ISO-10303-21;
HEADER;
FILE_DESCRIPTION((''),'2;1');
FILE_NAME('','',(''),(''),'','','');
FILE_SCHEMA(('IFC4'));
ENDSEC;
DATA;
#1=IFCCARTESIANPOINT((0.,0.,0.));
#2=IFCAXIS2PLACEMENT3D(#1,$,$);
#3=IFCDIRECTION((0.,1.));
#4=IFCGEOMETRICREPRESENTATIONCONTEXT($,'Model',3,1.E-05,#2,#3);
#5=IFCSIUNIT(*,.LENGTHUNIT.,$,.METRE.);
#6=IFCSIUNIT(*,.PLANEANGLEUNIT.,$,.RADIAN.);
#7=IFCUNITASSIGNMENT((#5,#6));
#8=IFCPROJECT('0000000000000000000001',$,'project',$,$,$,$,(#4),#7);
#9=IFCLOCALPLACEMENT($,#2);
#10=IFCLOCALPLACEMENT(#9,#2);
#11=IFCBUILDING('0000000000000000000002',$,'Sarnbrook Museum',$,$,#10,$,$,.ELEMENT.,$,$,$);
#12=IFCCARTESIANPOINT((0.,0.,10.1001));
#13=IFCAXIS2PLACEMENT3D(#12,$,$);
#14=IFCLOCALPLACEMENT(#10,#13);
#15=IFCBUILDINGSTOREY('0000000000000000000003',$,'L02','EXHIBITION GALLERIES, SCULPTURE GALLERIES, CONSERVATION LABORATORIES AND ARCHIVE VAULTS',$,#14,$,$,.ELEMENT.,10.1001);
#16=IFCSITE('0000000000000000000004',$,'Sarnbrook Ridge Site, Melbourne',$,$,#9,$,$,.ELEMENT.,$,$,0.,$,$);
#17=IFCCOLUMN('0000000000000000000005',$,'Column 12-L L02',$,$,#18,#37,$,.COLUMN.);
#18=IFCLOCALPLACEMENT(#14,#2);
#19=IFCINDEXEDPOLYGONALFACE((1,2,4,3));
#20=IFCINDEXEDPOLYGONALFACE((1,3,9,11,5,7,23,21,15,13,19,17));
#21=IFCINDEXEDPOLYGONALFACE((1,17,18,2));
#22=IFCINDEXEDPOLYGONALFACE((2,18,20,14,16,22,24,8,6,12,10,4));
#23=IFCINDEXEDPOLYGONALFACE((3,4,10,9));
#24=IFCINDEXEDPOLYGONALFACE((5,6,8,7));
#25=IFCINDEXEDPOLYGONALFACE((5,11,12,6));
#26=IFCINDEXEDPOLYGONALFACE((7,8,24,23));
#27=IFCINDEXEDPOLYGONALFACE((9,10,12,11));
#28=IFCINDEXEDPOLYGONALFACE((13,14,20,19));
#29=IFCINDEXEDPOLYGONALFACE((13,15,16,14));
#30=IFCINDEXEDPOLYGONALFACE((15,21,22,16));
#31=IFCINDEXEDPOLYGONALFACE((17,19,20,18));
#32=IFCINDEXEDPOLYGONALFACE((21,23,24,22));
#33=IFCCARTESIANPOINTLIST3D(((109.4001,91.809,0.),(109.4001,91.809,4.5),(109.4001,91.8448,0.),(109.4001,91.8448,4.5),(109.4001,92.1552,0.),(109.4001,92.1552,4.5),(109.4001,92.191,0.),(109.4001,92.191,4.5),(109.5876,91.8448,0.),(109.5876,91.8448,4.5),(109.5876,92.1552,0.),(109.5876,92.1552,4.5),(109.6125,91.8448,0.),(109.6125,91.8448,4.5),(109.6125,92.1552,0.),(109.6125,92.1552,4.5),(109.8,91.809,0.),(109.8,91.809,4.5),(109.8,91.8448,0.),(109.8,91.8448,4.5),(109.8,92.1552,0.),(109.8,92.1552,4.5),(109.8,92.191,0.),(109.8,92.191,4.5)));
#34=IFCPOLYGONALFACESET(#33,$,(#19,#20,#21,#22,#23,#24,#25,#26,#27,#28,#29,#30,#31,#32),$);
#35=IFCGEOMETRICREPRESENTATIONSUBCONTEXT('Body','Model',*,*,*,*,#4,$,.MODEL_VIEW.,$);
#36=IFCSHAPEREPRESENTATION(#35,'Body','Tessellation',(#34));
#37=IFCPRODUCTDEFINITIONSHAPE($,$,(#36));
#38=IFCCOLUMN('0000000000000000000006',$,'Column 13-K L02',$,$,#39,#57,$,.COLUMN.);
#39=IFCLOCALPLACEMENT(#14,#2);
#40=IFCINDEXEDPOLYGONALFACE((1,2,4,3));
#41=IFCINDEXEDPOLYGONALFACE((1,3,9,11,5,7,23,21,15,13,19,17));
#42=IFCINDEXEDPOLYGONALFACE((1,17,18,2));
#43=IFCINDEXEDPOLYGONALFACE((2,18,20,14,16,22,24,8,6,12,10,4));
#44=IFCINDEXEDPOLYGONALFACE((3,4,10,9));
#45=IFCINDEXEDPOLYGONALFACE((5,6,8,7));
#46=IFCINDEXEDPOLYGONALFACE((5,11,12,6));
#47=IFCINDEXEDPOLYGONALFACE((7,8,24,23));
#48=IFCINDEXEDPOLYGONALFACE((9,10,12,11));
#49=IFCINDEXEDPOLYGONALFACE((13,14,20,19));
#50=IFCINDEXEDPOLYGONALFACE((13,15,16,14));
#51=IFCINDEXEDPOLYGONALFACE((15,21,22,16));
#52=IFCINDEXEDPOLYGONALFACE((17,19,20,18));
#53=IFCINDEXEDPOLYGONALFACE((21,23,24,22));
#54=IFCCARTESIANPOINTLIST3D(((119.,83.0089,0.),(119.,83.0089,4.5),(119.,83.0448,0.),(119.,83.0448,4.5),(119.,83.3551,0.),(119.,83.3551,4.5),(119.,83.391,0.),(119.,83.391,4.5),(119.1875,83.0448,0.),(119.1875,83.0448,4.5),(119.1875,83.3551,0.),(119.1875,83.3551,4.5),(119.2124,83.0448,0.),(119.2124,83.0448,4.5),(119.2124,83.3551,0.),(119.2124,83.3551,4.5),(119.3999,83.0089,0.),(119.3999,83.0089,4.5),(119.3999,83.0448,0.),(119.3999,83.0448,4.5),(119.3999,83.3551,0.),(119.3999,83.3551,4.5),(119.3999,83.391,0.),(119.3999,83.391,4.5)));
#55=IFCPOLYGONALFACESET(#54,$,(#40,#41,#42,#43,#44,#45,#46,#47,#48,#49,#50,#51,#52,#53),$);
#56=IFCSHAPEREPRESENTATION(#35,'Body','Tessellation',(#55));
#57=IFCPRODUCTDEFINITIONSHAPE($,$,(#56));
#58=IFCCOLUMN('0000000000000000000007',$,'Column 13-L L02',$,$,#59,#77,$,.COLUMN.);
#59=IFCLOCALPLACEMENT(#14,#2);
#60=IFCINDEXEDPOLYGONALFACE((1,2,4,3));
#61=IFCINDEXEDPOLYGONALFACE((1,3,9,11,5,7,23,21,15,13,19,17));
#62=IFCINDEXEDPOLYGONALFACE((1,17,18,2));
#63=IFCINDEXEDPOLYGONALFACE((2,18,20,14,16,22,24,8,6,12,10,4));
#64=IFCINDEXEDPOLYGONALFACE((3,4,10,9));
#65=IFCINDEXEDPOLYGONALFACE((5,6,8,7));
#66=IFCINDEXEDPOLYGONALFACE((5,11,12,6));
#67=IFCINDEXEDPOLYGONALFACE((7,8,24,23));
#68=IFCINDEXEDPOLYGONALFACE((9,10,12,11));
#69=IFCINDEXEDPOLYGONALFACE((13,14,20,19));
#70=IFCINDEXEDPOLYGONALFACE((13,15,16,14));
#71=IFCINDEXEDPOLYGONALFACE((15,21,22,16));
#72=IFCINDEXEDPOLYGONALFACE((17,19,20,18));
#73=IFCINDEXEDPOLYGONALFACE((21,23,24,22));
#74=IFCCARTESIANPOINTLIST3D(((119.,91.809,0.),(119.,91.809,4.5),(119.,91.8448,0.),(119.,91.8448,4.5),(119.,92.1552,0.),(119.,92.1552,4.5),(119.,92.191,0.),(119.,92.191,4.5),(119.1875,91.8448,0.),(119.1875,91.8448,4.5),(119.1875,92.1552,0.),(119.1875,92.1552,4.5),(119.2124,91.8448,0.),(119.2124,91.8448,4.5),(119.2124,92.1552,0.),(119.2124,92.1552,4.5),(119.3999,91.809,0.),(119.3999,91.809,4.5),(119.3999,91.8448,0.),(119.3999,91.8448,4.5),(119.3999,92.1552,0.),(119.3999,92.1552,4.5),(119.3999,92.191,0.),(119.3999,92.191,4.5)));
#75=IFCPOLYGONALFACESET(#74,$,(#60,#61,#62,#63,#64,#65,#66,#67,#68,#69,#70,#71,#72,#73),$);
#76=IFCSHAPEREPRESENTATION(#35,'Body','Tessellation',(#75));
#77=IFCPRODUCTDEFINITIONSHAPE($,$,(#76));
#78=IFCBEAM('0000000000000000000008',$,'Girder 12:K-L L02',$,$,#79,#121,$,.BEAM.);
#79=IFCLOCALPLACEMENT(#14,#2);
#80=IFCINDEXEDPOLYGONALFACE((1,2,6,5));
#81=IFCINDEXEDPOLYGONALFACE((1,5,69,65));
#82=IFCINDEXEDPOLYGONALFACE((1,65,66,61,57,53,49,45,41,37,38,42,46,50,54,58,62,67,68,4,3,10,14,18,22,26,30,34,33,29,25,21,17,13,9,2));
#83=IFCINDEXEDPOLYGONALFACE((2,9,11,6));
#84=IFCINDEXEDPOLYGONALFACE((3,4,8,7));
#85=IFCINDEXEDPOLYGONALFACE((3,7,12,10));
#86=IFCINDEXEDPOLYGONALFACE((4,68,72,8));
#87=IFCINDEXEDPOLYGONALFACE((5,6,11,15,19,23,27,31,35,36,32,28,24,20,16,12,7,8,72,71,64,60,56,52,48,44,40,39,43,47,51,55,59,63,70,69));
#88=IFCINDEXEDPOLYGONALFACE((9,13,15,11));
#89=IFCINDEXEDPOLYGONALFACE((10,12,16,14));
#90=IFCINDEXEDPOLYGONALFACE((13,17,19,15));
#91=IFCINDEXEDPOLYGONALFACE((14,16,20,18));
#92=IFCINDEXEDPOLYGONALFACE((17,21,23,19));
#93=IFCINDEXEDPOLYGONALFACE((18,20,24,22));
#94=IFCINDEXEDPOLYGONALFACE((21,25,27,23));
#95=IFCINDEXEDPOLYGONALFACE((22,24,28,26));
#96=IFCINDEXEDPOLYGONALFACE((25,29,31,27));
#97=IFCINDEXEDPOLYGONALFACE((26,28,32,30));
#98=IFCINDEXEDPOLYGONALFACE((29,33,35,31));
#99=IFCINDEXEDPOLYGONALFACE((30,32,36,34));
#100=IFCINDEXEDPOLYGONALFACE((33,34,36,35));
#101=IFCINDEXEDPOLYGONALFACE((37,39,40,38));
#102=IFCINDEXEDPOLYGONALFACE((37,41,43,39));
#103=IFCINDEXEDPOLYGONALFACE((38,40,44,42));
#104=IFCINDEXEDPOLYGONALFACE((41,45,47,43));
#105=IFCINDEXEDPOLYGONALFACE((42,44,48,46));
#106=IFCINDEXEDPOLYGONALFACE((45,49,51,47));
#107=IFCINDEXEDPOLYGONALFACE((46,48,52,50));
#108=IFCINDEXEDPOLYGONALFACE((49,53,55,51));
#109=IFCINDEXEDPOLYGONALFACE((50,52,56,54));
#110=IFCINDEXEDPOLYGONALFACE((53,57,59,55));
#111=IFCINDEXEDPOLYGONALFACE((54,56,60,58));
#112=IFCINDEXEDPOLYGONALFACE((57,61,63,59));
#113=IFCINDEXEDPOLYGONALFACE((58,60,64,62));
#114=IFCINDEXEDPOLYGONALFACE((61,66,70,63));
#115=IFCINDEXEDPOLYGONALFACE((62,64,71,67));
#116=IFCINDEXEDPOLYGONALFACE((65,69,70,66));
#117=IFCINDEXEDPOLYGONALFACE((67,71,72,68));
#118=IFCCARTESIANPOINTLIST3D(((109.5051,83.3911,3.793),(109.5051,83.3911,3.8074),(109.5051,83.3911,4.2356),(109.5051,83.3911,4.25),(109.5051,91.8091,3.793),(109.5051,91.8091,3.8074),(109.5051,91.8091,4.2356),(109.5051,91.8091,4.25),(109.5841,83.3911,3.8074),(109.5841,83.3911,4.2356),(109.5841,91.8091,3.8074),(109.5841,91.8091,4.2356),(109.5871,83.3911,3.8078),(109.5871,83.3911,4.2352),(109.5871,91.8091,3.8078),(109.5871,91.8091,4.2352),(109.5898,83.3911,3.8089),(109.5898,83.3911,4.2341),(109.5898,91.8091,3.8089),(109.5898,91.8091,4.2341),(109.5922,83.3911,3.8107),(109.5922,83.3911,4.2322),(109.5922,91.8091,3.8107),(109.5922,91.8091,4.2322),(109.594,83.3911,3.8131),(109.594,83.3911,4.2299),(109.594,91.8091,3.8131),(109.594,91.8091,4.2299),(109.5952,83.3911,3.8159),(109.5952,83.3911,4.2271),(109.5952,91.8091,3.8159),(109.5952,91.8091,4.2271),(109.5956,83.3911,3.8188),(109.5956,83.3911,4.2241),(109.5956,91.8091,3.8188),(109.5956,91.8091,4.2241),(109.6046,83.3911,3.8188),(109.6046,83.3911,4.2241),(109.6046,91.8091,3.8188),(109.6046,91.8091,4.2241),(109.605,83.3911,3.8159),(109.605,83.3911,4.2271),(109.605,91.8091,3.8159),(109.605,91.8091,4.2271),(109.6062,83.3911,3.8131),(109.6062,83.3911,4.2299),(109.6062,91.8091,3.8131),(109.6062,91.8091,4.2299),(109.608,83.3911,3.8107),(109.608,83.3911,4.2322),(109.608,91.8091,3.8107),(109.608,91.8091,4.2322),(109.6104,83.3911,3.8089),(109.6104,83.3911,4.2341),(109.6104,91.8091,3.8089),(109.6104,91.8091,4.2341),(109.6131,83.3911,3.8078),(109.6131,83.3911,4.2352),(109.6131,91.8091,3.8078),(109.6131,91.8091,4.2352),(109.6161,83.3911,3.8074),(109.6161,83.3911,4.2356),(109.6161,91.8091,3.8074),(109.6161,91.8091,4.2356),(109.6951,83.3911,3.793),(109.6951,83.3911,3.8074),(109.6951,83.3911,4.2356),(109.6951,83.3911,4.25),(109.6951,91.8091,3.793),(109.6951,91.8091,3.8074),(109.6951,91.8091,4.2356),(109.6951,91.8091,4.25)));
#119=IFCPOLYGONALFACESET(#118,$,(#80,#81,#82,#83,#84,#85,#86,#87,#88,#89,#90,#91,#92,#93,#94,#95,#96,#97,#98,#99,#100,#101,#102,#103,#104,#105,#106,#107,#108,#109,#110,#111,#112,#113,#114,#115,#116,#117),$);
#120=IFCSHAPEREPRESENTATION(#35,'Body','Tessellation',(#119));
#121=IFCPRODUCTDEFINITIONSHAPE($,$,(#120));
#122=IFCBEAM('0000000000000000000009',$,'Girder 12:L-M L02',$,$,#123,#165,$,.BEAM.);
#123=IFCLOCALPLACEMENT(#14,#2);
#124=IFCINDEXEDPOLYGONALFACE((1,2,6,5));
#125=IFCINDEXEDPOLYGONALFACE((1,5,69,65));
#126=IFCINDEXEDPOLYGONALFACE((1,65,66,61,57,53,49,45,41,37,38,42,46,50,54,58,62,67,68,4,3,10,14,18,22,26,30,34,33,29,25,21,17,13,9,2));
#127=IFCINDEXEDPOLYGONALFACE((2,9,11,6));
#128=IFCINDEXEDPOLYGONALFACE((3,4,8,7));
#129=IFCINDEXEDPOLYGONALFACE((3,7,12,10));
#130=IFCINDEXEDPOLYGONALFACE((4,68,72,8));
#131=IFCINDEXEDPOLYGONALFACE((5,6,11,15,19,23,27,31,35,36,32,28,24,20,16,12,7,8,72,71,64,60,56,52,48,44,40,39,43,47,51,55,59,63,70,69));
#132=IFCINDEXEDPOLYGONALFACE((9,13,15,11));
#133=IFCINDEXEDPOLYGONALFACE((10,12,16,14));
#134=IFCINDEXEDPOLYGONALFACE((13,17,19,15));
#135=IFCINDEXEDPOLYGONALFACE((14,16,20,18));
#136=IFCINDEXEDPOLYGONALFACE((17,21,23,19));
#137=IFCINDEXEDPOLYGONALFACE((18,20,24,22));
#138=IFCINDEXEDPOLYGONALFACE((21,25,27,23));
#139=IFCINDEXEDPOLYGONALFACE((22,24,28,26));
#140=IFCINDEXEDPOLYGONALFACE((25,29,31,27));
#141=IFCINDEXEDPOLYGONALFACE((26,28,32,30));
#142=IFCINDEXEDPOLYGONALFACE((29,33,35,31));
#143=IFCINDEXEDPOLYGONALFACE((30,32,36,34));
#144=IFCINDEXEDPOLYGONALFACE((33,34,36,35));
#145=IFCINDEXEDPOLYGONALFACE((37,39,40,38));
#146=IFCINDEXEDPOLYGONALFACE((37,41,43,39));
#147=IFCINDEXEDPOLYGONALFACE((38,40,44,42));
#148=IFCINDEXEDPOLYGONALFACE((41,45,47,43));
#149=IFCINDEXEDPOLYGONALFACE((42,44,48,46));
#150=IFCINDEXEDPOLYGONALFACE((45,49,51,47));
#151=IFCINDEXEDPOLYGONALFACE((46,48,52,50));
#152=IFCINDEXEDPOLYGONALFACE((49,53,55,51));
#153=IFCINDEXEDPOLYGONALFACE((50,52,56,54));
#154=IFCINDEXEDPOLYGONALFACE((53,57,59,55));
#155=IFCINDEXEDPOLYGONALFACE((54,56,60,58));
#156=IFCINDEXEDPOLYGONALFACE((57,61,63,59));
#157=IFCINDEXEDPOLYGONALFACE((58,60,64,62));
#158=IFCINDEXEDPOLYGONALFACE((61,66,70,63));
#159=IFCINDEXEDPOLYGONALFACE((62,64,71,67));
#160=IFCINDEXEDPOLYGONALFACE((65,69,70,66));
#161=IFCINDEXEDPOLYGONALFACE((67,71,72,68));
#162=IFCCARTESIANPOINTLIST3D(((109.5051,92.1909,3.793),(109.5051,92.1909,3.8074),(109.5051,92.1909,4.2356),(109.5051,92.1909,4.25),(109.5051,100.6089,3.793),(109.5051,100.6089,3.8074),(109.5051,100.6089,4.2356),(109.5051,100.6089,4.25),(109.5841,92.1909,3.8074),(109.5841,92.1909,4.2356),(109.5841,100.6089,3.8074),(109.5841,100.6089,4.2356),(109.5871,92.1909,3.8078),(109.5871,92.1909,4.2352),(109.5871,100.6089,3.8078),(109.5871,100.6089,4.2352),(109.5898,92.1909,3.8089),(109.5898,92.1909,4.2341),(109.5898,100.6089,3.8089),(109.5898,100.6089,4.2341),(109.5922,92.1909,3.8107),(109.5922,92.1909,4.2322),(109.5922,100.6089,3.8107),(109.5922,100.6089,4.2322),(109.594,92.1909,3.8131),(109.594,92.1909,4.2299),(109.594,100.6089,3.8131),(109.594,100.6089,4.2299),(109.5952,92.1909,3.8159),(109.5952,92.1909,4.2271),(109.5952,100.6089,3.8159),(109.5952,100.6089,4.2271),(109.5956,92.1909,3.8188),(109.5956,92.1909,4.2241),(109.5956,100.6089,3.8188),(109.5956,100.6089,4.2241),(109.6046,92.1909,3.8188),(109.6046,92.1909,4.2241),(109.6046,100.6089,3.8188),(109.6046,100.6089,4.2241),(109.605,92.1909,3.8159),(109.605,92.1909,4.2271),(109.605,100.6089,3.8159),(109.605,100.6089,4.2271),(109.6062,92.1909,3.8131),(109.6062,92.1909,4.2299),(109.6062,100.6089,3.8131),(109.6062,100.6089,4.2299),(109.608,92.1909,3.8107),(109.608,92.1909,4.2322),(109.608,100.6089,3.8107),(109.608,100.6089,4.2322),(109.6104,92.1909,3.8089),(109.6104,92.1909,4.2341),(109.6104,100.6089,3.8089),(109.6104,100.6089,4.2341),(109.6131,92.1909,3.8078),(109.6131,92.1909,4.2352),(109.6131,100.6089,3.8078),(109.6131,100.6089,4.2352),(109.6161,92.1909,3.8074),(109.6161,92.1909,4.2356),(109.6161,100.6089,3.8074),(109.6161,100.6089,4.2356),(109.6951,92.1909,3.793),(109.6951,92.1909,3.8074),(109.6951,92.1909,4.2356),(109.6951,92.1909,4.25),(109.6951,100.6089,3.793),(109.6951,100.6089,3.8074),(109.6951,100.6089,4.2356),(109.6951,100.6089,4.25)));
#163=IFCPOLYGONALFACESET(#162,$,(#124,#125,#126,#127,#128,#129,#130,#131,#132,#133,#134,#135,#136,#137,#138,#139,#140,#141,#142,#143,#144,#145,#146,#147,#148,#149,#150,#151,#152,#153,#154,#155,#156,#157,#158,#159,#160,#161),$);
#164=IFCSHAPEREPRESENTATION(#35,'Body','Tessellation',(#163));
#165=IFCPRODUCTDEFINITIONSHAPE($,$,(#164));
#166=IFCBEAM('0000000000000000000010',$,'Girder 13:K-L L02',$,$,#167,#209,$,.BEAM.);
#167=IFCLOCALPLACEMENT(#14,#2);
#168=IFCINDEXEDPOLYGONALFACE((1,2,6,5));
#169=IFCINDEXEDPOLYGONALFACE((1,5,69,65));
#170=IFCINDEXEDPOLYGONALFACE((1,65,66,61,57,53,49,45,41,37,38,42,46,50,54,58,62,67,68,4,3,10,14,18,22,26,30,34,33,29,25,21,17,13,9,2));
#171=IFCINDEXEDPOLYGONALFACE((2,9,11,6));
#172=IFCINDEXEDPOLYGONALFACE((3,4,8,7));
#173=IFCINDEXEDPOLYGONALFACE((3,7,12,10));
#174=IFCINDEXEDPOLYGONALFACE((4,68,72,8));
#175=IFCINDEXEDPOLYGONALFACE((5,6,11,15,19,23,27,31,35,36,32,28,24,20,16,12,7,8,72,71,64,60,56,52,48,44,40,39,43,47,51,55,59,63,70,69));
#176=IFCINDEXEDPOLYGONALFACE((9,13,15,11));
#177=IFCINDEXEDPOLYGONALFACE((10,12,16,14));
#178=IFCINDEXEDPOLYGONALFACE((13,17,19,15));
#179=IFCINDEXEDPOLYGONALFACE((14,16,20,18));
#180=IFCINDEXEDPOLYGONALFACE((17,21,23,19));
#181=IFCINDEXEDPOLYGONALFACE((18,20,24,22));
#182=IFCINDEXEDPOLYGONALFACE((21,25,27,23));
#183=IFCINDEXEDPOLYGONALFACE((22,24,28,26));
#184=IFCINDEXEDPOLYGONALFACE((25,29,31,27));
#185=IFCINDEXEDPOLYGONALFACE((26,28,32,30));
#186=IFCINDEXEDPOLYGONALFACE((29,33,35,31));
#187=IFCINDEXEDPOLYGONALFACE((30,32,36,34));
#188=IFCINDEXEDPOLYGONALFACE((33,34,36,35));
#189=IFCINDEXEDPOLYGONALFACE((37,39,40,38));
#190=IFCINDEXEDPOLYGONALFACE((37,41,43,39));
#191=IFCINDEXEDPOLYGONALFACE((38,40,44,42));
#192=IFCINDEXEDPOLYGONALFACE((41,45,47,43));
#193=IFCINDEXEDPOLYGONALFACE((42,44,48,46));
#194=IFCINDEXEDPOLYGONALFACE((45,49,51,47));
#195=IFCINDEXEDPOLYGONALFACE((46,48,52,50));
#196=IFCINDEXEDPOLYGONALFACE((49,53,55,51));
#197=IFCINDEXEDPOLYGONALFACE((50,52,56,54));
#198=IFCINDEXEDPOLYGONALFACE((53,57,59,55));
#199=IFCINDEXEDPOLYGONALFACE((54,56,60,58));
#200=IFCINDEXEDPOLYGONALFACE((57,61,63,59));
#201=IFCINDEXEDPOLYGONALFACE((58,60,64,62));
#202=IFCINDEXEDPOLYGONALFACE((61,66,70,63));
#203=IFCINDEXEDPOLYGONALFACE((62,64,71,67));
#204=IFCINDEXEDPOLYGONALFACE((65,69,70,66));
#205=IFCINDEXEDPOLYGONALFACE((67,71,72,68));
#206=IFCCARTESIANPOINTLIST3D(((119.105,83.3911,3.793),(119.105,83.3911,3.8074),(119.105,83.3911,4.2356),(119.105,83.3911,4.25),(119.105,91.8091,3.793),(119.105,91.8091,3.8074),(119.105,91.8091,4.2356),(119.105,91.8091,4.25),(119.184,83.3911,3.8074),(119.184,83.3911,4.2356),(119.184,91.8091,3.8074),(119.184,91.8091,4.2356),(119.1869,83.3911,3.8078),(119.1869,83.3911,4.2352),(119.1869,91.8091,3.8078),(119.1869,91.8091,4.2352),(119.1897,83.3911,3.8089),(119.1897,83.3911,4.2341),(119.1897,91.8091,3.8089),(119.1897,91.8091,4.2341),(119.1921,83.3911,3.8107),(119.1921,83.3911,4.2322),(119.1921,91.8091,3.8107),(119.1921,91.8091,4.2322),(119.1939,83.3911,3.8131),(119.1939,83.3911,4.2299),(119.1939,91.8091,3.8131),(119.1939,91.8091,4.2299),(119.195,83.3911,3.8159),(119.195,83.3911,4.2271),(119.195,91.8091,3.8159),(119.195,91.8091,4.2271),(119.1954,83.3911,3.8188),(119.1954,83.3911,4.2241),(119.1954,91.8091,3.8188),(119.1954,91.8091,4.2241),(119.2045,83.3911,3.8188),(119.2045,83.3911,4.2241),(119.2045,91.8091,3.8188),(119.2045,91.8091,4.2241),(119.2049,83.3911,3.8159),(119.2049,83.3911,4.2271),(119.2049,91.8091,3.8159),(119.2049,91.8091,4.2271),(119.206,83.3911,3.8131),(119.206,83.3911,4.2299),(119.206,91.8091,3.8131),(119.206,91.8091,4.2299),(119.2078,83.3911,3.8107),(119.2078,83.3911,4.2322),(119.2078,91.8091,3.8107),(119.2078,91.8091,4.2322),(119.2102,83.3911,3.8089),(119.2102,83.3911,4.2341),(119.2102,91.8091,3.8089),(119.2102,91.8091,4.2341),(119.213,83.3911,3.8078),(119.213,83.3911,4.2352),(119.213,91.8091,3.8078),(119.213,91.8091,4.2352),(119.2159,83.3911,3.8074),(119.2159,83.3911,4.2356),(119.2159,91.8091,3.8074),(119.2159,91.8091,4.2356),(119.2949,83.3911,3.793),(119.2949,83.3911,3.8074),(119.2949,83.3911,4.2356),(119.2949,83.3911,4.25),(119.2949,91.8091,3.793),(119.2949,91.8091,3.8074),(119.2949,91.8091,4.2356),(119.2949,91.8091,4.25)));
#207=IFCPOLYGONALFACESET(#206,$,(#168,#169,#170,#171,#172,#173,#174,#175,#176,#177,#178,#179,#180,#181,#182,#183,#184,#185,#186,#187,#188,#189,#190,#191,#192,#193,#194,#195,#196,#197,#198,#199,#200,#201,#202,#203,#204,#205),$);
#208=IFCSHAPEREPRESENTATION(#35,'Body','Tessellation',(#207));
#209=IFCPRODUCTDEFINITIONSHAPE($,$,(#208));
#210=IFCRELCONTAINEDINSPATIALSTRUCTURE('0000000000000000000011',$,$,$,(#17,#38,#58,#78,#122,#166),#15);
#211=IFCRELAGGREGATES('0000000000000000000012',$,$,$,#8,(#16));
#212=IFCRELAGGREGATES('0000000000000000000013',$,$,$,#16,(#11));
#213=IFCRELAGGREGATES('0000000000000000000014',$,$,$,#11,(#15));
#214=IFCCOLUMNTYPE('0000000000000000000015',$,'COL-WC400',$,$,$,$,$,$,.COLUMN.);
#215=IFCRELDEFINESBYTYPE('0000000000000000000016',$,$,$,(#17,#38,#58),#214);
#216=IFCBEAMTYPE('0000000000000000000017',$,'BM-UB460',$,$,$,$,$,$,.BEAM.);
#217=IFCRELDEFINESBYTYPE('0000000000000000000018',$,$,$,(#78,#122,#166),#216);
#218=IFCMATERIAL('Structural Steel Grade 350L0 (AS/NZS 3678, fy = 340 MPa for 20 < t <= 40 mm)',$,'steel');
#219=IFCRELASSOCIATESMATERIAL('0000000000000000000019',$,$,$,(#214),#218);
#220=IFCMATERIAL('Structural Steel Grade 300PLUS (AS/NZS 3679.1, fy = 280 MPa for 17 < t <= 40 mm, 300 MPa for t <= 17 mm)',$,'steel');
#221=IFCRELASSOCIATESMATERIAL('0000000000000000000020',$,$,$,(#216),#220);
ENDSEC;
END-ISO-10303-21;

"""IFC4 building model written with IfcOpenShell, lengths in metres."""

from ifc_helpers import new_model, si_unit, direction, frame, origin, origin_2d, place, context, subcontext, project, spatial, i_section, extrude, material, material_profile, profile_set, type_object, element, save


model = new_model("IFC4")

# Units and contexts
model_context = context("Model", 3, precision=1e-05, world=origin(), true_north=direction((0.0, 1.0)))
body_context = subcontext(model_context, "Body", "Model", "MODEL_VIEW")
ifc_project = project(units=[si_unit("LENGTHUNIT", "METRE"), si_unit("PLANEANGLEUNIT", "RADIAN")], contexts=[model_context])

# Site, building, storey
site_placement = place(None, origin())
site = spatial("IfcSite", under=ifc_project, at=site_placement, Name="Sarnbrook Ridge Site, Melbourne", CompositionType="ELEMENT", RefElevation=0.0)
building_placement = place(site_placement, origin())
building = spatial("IfcBuilding", under=site, at=building_placement, Name="Sarnbrook Museum", CompositionType="ELEMENT")
storey_placement = place(building_placement, frame((0.0, 0.0, 10.1001)))
storey = spatial("IfcBuildingStorey", under=building, at=storey_placement, Name="L02", Description="EXHIBITION GALLERIES, SCULPTURE GALLERIES, CONSERVATION LABORATORIES AND ARCHIVE VAULTS", CompositionType="ELEMENT", Elevation=10.1001)

# Columns
ifc_material_1 = material(Name="Structural Steel Grade 350L0 (AS/NZS 3678, fy = 340 MPa for 20 < t <= 40 mm)", Category="steel")
ifc_material_profile_1 = material_profile(ifc_material_1, i_section(OverallWidth=0.3999, OverallDepth=0.3821, WebThickness=0.0249, FlangeThickness=0.0359, at=origin_2d()), Name="400WC270")
ifc_profile_set_1 = profile_set([ifc_material_profile_1], Name="Structural Steel Grade 350L0 (AS/NZS 3678, fy = 340 MPa for 20 < t <= 40 mm)")
column_type = type_object("IfcColumnType", Name="COL-WC400", PredefinedType="COLUMN", material=ifc_profile_set_1)
for number, where, z_axis, x_axis, name in (
    (1, (109.6001, 92.0, 0.0), (0.0, 0.0, 1.0), (1.0, 0.0, 0.0), "Column 12-L L02"),
    (2, (119.2, 83.2, 0.0), (0.0, 0.0, 1.0), (1.0, 0.0, 0.0), "Column 13-K L02"),
    (3, (119.2, 92.0, 0.0), (0.0, 0.0, 1.0), (1.0, 0.0, 0.0), "Column 13-L L02"),
):
    element("IfcColumn", number, at=place(storey_placement, frame(where, z_axis=z_axis, x_axis=x_axis)), inside=storey, type_object=column_type, Name=name, PredefinedType="COLUMN", context=body_context, shape_type="SweptSolid", body=[
        extrude(i_section(OverallWidth=0.3999, OverallDepth=0.3821, WebThickness=0.0249, FlangeThickness=0.0359, at=origin_2d()), origin(), (0.0, 0.0, 1.0), 4.5),
    ])

# Beams
ifc_material_2 = material(Name="Structural Steel Grade 300PLUS (AS/NZS 3679.1, fy = 280 MPa for 17 < t <= 40 mm, 300 MPa for t <= 17 mm)", Category="steel")
ifc_material_profile_2 = material_profile(ifc_material_2, i_section(OverallWidth=0.1899, OverallDepth=0.457, WebThickness=0.009, FlangeThickness=0.0144, FilletRadius=0.0115, at=origin_2d()), Name="460UB74.6")
ifc_profile_set_2 = profile_set([ifc_material_profile_2], Name="Structural Steel Grade 300PLUS (AS/NZS 3679.1, fy = 280 MPa for 17 < t <= 40 mm, 300 MPa for t <= 17 mm)")
beam_type_1 = type_object("IfcBeamType", Name="BM-UB460", PredefinedType="BEAM", material=ifc_profile_set_2)
for number, where, z_axis, x_axis, name in (
    (4, (109.6001, 83.3911, 4.0215), (0.0, 1.0, 0.0), (-1.0, 0.0, 0.0), "Girder 12:K-L L02"),
    (5, (109.6001, 92.1909, 4.0215), (0.0, 1.0, 0.0), (-1.0, 0.0, 0.0), "Girder 12:L-M L02"),
    (6, (119.2, 83.3911, 4.0215), (0.0, 1.0, 0.0), (-1.0, 0.0, 0.0), "Girder 13:K-L L02"),
):
    element("IfcBeam", number, at=place(storey_placement, frame(where, z_axis=z_axis, x_axis=x_axis)), inside=storey, type_object=beam_type_1, Name=name, PredefinedType="BEAM", context=body_context, shape_type="SweptSolid", body=[
        extrude(i_section(OverallWidth=0.1899, OverallDepth=0.457, WebThickness=0.009, FlangeThickness=0.0144, FilletRadius=0.0115, at=origin_2d()), origin(), (0.0, 0.0, 1.0), 8.418),
    ])

save(model, "model.ifc")
